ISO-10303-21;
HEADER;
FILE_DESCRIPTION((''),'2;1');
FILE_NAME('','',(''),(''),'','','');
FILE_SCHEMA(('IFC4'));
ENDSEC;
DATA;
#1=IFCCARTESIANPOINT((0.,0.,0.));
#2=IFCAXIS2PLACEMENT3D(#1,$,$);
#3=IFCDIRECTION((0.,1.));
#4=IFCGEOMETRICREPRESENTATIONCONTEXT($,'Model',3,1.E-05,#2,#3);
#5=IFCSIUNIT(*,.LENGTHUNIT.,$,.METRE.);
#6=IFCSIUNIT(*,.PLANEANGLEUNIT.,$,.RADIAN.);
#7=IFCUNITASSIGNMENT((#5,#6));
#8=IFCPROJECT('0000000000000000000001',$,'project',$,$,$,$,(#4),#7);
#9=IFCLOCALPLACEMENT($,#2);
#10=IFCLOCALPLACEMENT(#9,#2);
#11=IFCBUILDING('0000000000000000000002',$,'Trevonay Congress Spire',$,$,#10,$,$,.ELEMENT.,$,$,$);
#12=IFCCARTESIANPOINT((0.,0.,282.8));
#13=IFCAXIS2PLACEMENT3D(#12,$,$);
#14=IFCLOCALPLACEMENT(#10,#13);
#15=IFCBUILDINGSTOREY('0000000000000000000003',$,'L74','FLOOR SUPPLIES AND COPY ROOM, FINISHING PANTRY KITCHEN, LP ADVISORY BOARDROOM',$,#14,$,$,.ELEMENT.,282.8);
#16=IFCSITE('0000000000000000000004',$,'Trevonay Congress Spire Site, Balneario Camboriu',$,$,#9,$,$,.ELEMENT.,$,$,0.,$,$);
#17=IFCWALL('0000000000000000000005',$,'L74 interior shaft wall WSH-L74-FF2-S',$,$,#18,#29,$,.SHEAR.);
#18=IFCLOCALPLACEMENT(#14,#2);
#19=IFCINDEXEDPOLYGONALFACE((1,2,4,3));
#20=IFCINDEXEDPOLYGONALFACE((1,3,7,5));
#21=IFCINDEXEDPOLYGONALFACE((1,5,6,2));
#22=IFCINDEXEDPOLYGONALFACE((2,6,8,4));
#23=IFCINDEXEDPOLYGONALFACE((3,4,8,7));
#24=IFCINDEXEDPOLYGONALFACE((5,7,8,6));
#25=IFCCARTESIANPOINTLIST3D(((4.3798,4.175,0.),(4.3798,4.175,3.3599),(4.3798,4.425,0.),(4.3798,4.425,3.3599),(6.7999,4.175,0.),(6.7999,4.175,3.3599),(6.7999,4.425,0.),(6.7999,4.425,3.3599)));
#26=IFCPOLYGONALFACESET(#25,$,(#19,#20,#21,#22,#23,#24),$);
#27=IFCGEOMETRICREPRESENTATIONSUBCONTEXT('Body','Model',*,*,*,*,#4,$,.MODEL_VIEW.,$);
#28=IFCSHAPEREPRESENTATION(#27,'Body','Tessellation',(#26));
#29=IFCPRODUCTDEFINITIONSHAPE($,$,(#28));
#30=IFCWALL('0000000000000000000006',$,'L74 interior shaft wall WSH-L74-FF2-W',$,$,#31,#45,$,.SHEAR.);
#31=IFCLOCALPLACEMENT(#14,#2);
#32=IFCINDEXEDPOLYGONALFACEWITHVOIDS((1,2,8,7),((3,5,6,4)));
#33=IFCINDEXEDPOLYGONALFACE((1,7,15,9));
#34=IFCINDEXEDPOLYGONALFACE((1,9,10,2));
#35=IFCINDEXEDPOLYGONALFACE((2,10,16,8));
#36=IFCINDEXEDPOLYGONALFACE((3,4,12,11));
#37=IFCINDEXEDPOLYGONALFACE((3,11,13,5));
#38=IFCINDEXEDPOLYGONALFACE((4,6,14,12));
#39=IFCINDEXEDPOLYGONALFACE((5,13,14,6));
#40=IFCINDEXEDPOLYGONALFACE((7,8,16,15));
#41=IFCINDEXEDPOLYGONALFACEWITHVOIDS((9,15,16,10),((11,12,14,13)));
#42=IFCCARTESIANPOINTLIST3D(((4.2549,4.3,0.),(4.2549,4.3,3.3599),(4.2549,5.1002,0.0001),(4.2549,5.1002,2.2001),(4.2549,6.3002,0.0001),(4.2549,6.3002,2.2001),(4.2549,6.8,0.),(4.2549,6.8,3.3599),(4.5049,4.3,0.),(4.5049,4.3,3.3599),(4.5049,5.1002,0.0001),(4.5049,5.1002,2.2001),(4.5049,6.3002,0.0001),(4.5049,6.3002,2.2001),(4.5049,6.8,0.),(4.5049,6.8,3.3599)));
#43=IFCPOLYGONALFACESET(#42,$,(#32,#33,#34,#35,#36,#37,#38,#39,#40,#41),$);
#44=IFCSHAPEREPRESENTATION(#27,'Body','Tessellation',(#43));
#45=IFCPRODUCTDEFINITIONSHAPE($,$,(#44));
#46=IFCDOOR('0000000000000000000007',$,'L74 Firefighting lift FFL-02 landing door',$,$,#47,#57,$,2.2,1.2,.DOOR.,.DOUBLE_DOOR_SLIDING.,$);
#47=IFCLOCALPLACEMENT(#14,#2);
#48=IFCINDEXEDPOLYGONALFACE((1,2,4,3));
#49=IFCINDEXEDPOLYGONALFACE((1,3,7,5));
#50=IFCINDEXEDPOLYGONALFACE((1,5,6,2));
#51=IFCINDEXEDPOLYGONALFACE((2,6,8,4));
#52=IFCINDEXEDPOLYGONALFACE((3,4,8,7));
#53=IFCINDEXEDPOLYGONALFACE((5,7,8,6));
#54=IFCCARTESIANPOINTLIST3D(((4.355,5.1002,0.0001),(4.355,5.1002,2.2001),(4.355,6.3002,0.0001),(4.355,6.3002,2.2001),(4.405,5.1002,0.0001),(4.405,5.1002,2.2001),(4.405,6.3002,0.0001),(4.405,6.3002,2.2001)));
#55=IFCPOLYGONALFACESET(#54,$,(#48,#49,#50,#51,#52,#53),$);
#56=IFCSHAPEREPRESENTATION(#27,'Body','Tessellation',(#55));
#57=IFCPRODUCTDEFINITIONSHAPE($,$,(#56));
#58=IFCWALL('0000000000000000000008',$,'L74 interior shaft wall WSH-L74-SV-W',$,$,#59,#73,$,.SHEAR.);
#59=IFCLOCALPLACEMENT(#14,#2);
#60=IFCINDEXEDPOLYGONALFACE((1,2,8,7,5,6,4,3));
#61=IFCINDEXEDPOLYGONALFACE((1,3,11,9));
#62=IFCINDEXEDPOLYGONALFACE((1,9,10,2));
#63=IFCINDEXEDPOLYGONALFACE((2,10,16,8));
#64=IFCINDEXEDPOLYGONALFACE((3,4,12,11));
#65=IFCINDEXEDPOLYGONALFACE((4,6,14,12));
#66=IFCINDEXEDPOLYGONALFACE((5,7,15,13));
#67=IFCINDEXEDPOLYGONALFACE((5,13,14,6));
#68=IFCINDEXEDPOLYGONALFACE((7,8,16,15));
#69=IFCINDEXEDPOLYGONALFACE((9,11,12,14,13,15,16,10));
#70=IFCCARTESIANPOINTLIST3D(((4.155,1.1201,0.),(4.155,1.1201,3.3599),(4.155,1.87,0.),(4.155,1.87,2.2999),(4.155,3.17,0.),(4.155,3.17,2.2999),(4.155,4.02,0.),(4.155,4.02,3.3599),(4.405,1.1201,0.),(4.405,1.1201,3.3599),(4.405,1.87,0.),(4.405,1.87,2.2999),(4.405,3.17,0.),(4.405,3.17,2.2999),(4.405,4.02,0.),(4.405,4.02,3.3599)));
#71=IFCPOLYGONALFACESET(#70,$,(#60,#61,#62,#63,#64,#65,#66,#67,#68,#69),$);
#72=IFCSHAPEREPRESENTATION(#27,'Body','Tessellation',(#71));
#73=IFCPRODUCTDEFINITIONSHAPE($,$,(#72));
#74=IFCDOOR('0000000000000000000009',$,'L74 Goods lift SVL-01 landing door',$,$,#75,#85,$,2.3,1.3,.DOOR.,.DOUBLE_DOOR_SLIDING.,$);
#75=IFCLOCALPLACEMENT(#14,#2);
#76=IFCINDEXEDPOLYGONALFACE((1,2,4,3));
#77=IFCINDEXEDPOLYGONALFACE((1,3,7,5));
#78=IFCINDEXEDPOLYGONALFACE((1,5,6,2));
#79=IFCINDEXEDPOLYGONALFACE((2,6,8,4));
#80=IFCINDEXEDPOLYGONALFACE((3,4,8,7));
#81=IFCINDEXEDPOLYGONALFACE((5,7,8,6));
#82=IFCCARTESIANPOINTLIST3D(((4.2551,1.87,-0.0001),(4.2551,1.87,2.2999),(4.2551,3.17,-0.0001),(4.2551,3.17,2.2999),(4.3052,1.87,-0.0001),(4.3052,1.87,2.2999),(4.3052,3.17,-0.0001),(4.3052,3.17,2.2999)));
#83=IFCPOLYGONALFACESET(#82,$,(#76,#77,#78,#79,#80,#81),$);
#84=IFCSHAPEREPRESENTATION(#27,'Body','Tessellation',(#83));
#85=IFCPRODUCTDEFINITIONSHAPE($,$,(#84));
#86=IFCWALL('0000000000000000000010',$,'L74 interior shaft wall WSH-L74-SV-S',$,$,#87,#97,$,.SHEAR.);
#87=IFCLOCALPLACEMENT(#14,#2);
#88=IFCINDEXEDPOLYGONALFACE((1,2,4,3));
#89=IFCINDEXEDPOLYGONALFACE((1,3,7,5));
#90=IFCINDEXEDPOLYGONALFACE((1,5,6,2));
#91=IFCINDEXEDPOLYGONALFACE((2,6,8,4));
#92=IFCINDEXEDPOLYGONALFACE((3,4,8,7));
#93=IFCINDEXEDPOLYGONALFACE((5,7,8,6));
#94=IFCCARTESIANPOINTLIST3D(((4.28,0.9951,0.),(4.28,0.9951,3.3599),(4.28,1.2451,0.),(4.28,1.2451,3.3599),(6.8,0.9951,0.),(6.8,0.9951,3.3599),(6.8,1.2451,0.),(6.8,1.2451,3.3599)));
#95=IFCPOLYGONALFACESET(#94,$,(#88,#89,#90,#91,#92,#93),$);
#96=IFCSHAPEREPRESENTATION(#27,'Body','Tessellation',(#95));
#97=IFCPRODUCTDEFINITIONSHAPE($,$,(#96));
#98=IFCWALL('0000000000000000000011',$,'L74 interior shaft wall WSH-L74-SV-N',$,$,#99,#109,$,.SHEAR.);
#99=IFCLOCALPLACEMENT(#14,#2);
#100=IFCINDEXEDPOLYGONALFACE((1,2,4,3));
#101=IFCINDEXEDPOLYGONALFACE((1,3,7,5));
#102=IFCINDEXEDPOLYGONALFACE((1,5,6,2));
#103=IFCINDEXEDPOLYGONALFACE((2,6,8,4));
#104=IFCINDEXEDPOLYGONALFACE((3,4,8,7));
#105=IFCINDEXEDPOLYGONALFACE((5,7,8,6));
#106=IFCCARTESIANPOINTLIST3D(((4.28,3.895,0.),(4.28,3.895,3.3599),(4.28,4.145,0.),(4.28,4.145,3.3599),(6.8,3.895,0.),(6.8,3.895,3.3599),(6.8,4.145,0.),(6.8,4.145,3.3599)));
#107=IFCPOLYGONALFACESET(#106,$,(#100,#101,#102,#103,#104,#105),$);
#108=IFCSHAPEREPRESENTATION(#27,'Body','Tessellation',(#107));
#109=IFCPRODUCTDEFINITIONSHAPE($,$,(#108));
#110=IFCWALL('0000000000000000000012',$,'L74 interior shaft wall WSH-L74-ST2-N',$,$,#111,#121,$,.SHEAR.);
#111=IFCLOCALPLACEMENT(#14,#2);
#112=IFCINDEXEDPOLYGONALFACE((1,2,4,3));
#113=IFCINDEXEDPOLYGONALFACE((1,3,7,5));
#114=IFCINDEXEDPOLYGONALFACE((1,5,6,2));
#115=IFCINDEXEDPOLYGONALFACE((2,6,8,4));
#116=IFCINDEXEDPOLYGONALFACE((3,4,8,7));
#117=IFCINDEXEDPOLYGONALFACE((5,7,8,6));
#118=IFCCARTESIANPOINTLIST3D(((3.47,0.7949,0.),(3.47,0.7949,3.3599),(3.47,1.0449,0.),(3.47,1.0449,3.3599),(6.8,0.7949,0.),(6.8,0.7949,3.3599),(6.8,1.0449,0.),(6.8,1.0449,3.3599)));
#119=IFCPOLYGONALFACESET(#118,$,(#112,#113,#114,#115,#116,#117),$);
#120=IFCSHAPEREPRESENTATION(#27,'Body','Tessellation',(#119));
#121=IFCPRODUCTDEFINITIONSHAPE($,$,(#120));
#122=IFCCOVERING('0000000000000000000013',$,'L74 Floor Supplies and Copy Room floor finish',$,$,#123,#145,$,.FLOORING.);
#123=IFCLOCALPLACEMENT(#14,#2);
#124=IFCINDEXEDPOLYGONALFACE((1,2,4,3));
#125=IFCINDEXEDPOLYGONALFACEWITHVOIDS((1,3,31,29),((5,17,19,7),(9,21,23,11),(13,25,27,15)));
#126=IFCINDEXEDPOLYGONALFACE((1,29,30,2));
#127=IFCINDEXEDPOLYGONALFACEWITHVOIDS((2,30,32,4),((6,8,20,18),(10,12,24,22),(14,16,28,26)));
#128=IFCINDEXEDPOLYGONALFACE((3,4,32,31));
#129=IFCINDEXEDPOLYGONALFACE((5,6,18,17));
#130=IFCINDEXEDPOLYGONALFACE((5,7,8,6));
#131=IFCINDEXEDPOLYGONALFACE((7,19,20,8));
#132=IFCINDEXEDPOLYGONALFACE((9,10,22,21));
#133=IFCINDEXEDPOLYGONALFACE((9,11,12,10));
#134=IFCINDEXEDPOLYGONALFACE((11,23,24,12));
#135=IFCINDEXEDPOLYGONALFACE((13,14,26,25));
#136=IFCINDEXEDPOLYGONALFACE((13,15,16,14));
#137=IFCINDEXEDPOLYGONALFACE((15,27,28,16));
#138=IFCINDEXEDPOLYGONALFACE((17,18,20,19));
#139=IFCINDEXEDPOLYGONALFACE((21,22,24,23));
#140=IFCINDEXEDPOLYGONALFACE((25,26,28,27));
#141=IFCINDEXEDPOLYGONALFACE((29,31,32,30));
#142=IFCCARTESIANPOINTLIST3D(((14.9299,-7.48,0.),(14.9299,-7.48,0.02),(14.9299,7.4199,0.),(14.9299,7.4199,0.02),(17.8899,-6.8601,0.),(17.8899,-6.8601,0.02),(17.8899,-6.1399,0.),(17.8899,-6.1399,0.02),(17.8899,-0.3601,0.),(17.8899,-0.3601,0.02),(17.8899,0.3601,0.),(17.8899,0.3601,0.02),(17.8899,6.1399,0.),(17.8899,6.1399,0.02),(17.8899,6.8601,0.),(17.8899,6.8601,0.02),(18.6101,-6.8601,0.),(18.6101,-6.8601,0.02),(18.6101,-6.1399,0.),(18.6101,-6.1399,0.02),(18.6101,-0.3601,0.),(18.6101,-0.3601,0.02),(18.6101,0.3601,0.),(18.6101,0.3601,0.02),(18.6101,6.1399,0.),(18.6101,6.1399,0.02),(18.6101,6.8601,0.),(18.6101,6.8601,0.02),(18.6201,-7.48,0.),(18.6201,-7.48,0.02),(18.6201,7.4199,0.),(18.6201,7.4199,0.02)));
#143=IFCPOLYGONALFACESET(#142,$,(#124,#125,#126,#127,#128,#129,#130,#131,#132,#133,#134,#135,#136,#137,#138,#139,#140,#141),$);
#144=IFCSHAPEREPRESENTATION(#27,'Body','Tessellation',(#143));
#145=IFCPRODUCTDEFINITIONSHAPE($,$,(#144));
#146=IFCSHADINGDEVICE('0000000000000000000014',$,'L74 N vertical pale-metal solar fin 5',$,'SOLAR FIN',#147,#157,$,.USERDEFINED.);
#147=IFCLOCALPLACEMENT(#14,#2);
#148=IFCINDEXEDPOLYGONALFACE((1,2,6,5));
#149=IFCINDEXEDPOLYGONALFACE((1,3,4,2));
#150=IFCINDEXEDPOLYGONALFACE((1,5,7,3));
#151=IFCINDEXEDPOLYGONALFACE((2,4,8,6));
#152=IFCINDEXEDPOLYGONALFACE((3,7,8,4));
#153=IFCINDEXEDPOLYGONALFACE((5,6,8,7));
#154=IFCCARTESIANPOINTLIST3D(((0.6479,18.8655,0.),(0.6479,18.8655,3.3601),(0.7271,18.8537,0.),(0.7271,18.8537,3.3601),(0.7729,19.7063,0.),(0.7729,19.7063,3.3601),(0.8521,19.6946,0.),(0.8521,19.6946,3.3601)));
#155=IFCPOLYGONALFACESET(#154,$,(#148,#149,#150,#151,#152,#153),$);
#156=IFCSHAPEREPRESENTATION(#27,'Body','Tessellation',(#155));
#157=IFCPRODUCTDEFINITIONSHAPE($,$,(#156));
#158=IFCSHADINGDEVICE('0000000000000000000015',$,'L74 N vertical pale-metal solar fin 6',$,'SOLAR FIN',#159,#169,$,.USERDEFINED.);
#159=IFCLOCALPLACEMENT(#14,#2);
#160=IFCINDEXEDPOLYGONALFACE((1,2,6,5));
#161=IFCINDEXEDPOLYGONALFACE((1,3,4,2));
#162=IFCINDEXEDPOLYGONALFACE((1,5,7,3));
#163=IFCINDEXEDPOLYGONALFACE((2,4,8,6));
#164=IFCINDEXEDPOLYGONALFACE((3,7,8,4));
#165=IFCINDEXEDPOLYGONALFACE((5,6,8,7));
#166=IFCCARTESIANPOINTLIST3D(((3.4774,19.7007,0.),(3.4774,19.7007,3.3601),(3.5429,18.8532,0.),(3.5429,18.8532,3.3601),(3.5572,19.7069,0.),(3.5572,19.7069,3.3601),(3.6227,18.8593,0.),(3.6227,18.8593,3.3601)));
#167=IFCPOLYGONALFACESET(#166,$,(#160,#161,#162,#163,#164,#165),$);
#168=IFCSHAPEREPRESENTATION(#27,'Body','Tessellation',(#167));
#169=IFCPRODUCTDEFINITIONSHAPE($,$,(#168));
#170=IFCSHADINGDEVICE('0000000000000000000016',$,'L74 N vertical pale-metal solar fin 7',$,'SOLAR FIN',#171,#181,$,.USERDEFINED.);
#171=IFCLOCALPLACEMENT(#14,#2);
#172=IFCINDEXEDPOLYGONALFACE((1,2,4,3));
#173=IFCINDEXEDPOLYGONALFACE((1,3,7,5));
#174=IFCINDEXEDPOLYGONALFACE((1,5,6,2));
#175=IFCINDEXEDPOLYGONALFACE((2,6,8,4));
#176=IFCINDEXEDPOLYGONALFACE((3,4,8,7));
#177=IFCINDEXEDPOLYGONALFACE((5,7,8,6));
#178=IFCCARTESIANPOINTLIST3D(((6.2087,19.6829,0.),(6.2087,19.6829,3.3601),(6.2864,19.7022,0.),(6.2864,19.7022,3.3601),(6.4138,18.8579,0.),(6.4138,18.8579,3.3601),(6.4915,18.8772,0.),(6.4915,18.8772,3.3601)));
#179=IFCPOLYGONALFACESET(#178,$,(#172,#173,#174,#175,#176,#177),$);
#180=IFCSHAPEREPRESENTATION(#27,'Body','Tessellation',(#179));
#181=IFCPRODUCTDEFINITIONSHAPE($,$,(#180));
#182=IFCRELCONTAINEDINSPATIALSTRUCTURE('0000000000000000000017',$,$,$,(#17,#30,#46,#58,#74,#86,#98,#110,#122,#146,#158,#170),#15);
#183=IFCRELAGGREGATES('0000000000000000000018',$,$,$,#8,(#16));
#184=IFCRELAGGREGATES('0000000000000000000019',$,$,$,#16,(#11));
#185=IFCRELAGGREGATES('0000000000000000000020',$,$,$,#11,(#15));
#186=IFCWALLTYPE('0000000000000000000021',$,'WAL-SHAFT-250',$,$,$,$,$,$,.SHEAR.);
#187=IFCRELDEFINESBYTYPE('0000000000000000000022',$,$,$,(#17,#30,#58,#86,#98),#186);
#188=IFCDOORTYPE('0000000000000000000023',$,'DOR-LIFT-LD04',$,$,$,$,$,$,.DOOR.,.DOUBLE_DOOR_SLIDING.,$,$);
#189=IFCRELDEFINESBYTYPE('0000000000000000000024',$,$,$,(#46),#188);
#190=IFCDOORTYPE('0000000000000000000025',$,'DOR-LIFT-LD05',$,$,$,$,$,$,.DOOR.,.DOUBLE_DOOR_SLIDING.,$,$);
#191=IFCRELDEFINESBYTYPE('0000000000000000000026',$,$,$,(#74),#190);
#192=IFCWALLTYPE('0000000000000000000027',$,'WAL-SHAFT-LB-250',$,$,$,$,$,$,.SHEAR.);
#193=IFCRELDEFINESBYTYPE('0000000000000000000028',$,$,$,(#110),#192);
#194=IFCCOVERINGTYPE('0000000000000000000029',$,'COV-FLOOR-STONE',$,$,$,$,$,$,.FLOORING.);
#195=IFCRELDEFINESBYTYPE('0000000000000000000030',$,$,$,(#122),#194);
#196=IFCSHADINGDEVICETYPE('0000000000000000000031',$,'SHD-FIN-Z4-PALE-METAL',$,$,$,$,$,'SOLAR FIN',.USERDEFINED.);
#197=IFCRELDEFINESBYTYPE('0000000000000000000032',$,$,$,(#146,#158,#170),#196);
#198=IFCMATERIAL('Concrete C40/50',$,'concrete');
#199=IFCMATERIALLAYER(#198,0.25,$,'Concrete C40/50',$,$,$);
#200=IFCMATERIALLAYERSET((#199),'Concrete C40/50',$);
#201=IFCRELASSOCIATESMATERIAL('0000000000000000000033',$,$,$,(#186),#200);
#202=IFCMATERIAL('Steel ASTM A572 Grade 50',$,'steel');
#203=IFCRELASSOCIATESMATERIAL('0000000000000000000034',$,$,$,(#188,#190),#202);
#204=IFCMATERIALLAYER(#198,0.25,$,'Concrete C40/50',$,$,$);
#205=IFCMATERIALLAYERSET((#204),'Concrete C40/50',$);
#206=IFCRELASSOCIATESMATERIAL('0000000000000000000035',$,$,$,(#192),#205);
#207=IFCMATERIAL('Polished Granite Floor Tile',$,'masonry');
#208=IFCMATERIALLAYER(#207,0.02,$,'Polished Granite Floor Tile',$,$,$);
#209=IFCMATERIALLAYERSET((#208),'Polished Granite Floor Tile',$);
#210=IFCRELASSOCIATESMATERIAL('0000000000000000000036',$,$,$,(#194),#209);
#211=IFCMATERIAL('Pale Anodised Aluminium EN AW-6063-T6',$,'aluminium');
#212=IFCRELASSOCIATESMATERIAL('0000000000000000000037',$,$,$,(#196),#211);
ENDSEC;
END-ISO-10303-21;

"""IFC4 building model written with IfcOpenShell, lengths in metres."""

from ifc_helpers import new_model, si_unit, direction, frame, frame_2d, origin, origin_2d, place, context, subcontext, project, spatial, polyline, rectangle, outline, extrude, material, layer, layer_set, type_object, element, fill, save


model = new_model("IFC4")

# Units and contexts
model_context = context("Model", 3, precision=1e-05, world=origin(), true_north=direction((0.0, 1.0)))
body_context = subcontext(model_context, "Body", "Model", "MODEL_VIEW")
ifc_project = project(units=[si_unit("LENGTHUNIT", "METRE"), si_unit("PLANEANGLEUNIT", "RADIAN")], contexts=[model_context])

# Site, building, storey
site_placement = place(None, origin())
site = spatial("IfcSite", under=ifc_project, at=site_placement, Name="Trevonay Congress Spire Site, Balneario Camboriu", CompositionType="ELEMENT", RefElevation=0.0)
building_placement = place(site_placement, origin())
building = spatial("IfcBuilding", under=site, at=building_placement, Name="Trevonay Congress Spire", CompositionType="ELEMENT")
storey_placement = place(building_placement, frame((0.0, 0.0, 282.8)))
storey = spatial("IfcBuildingStorey", under=building, at=storey_placement, Name="L74", Description="FLOOR SUPPLIES AND COPY ROOM, FINISHING PANTRY KITCHEN, LP ADVISORY BOARDROOM", CompositionType="ELEMENT", Elevation=282.8)

# Shared definitions
ifc_material_1 = material(Name="Steel ASTM A572 Grade 50", Category="steel")

# Shared definitions
ifc_material_2 = material(Name="Pale Anodised Aluminium EN AW-6063-T6", Category="aluminium")

# Wall
ifc_material_3 = material(Name="Concrete C40/50", Category="concrete")
ifc_layer_1 = layer(ifc_material_3, 0.25, Name="Concrete C40/50")
ifc_layer_set_1 = layer_set([ifc_layer_1], Name="Concrete C40/50")
wall_type_1 = type_object("IfcWallType", Name="WAL-SHAFT-250", PredefinedType="SHEAR", material=ifc_layer_set_1)
wall_1_placement = place(storey_placement, frame((4.3799, 4.3, 0.0), z_axis=(0.0, 0.0, 1.0), x_axis=(1.0, 0.0, 0.0)))
element("IfcWall", 1, at=wall_1_placement, inside=storey, type_object=wall_type_1, Name="L74 interior shaft wall WSH-L74-FF2-S", PredefinedType="SHEAR", context=body_context, shape_type="SweptSolid", body=[
    extrude(rectangle(XDim=2.4202, YDim=0.25, at=frame_2d((1.21, 0.0))), origin(), (0.0, 0.0, 1.0), 3.3599),
])

# Walls, openings, doors
wall_2_placement = place(storey_placement, frame((4.3799, 4.3, 0.0), z_axis=(0.0, 0.0, 1.0), x_axis=(0.0, 1.0, 0.0)))
wall_2 = element("IfcWall", 2, at=wall_2_placement, inside=storey, type_object=wall_type_1, Name="L74 interior shaft wall WSH-L74-FF2-W", PredefinedType="SHEAR", context=body_context, shape_type="SweptSolid", body=[
    extrude(rectangle(XDim=2.5, YDim=0.25, at=frame_2d((1.25, 0.0))), origin(), (0.0, 0.0, 1.0), 3.3599),
])
opening_1_placement = place(wall_2_placement, frame((0.8, 0.0, 0.0)))
opening_1 = element("IfcOpeningElement", 3, at=opening_1_placement, cuts=wall_2, PredefinedType="OPENING", context=body_context, shape_type="SweptSolid", body=[
    extrude(rectangle(XDim=1.2, YDim=2.2, at=frame_2d((0.6001, 1.1001))), frame((0.0, 0.135, 0.0), z_axis=(0.0, -1.0, 0.0), x_axis=(1.0, 0.0, 0.0)), (0.0, 0.0, 1.0), 0.27),
])
door_type_1 = type_object("IfcDoorType", Name="DOR-LIFT-LD04", OperationType="DOUBLE_DOOR_SLIDING", PredefinedType="DOOR", material=ifc_material_1)
door_1_placement = place(opening_1_placement, origin())
door_1 = element("IfcDoor", 4, at=door_1_placement, inside=storey, type_object=door_type_1, Name="L74 Firefighting lift FFL-02 landing door", OperationType="DOUBLE_DOOR_SLIDING", OverallHeight=2.2, OverallWidth=1.2, PredefinedType="DOOR", context=body_context, shape_type="SweptSolid", body=[
    extrude(rectangle(XDim=1.2, YDim=2.2, at=frame_2d((0.6001, 1.1001))), frame((0.0, 0.0249, 0.0), z_axis=(0.0, -1.0, 0.0), x_axis=(1.0, 0.0, 0.0)), (0.0, 0.0, 1.0), 0.05),
])
fill(opening_1, door_1)
wall_3_placement = place(storey_placement, frame((4.28, 1.1201, 0.0), z_axis=(0.0, 0.0, 1.0), x_axis=(0.0, 1.0, 0.0)))
wall_3 = element("IfcWall", 5, at=wall_3_placement, inside=storey, type_object=wall_type_1, Name="L74 interior shaft wall WSH-L74-SV-W", PredefinedType="SHEAR", context=body_context, shape_type="SweptSolid", body=[
    extrude(rectangle(XDim=2.8999, YDim=0.25, at=frame_2d((1.45, 0.0))), origin(), (0.0, 0.0, 1.0), 3.3599),
])
opening_2_placement = place(wall_3_placement, frame((0.75, 0.0, 0.0)))
opening_2 = element("IfcOpeningElement", 6, at=opening_2_placement, cuts=wall_3, PredefinedType="OPENING", context=body_context, shape_type="SweptSolid", body=[
    extrude(rectangle(XDim=1.3, YDim=2.3, at=frame_2d((0.6499, 1.1499))), frame((0.0, 0.135, 0.0), z_axis=(0.0, -1.0, 0.0), x_axis=(1.0, 0.0, 0.0)), (0.0, 0.0, 1.0), 0.27),
])
door_type_2 = type_object("IfcDoorType", Name="DOR-LIFT-LD05", OperationType="DOUBLE_DOOR_SLIDING", PredefinedType="DOOR", material=ifc_material_1)
door_2_placement = place(opening_2_placement, origin())
door_2 = element("IfcDoor", 7, at=door_2_placement, inside=storey, type_object=door_type_2, Name="L74 Goods lift SVL-01 landing door", OperationType="DOUBLE_DOOR_SLIDING", OverallHeight=2.3, OverallWidth=1.3, PredefinedType="DOOR", context=body_context, shape_type="SweptSolid", body=[
    extrude(rectangle(XDim=1.3, YDim=2.3, at=frame_2d((0.6499, 1.1499))), frame((0.0, 0.0249, 0.0), z_axis=(0.0, -1.0, 0.0), x_axis=(1.0, 0.0, 0.0)), (0.0, 0.0, 1.0), 0.05),
])
fill(opening_2, door_2)

# Walls
for number, where, z_axis, x_axis, name in (
    (8, (4.28, 1.1201, 0.0), (0.0, 0.0, 1.0), (1.0, 0.0, 0.0), "L74 interior shaft wall WSH-L74-SV-S"),
    (9, (4.28, 4.02, 0.0), (0.0, 0.0, 1.0), (1.0, 0.0, 0.0), "L74 interior shaft wall WSH-L74-SV-N"),
):
    element("IfcWall", number, at=place(storey_placement, frame(where, z_axis=z_axis, x_axis=x_axis)), inside=storey, type_object=wall_type_1, Name=name, PredefinedType="SHEAR", context=body_context, shape_type="SweptSolid", body=[
        extrude(rectangle(XDim=2.52, YDim=0.25, at=frame_2d((1.26, 0.0))), origin(), (0.0, 0.0, 1.0), 3.3599),
    ])
ifc_layer_2 = layer(ifc_material_3, 0.25, Name="Concrete C40/50")
ifc_layer_set_2 = layer_set([ifc_layer_2], Name="Concrete C40/50")
wall_type_2 = type_object("IfcWallType", Name="WAL-SHAFT-LB-250", PredefinedType="SHEAR", material=ifc_layer_set_2)
wall_4_placement = place(storey_placement, frame((3.47, 0.9199, 0.0), z_axis=(0.0, 0.0, 1.0), x_axis=(1.0, 0.0, 0.0)))
element("IfcWall", 10, at=wall_4_placement, inside=storey, type_object=wall_type_2, Name="L74 interior shaft wall WSH-L74-ST2-N", PredefinedType="SHEAR", context=body_context, shape_type="SweptSolid", body=[
    extrude(rectangle(XDim=3.3301, YDim=0.25, at=frame_2d((1.665, 0.0))), origin(), (0.0, 0.0, 1.0), 3.3599),
])

# Covering
ifc_material_4 = material(Name="Polished Granite Floor Tile", Category="masonry")
ifc_layer_3 = layer(ifc_material_4, 0.02, Name="Polished Granite Floor Tile")
ifc_layer_set_3 = layer_set([ifc_layer_3], Name="Polished Granite Floor Tile")
covering_type = type_object("IfcCoveringType", Name="COV-FLOOR-STONE", PredefinedType="FLOORING", material=ifc_layer_set_3)
covering_placement = place(storey_placement, origin())
element("IfcCovering", 11, at=covering_placement, inside=storey, type_object=covering_type, Name="L74 Floor Supplies and Copy Room floor finish", PredefinedType="FLOORING", context=body_context, shape_type="SweptSolid", body=[
    extrude(outline(polyline([(14.9299, 7.4199), (18.6201, 7.4199), (18.6201, -7.48), (14.9299, -7.48), (14.9299, 7.4199)]), holes=[polyline([(17.8899, -6.8601), (18.6101, -6.8601), (18.6101, -6.1399), (17.8899, -6.1399), (17.8899, -6.8601)]), polyline([(17.8899, 0.3601), (17.8899, -0.3601), (18.6101, -0.3601), (18.6101, 0.3601), (17.8899, 0.3601)]), polyline([(17.8899, 6.8601), (17.8899, 6.1399), (18.6101, 6.1399), (18.6101, 6.8601), (17.8899, 6.8601)])]), origin(), (0.0, 0.0, 1.0), 0.02),
])

# Shading devices
shading_device_type = type_object("IfcShadingDeviceType", Name="SHD-FIN-Z4-PALE-METAL", ElementType="SOLAR FIN", PredefinedType="USERDEFINED", material=ifc_material_2)
for number, where, z_axis, x_axis, name in (
    (12, (0.75, 19.28, 0.0), (0.0, 0.0, 1.0), (0.989144, -0.146946, 0.0), "L74 N vertical pale-metal solar fin 5"),
    (13, (3.55, 19.28, 0.0), (0.0, 0.0, 1.0), (0.997026, 0.077067, 0.0), "L74 N vertical pale-metal solar fin 6"),
    (14, (6.3501, 19.28, 0.0), (0.0, 0.0, 1.0), (0.970464, 0.241244, 0.0), "L74 N vertical pale-metal solar fin 7"),
):
    element("IfcShadingDevice", number, at=place(storey_placement, frame(where, z_axis=z_axis, x_axis=x_axis)), inside=storey, type_object=shading_device_type, Name=name, ObjectType="SOLAR FIN", PredefinedType="USERDEFINED", context=body_context, shape_type="SweptSolid", body=[
        extrude(rectangle(XDim=0.0801, YDim=0.8501, at=origin_2d()), origin(), (0.0, 0.0, 1.0), 3.3601),
    ])

save(model, "model.ifc")
